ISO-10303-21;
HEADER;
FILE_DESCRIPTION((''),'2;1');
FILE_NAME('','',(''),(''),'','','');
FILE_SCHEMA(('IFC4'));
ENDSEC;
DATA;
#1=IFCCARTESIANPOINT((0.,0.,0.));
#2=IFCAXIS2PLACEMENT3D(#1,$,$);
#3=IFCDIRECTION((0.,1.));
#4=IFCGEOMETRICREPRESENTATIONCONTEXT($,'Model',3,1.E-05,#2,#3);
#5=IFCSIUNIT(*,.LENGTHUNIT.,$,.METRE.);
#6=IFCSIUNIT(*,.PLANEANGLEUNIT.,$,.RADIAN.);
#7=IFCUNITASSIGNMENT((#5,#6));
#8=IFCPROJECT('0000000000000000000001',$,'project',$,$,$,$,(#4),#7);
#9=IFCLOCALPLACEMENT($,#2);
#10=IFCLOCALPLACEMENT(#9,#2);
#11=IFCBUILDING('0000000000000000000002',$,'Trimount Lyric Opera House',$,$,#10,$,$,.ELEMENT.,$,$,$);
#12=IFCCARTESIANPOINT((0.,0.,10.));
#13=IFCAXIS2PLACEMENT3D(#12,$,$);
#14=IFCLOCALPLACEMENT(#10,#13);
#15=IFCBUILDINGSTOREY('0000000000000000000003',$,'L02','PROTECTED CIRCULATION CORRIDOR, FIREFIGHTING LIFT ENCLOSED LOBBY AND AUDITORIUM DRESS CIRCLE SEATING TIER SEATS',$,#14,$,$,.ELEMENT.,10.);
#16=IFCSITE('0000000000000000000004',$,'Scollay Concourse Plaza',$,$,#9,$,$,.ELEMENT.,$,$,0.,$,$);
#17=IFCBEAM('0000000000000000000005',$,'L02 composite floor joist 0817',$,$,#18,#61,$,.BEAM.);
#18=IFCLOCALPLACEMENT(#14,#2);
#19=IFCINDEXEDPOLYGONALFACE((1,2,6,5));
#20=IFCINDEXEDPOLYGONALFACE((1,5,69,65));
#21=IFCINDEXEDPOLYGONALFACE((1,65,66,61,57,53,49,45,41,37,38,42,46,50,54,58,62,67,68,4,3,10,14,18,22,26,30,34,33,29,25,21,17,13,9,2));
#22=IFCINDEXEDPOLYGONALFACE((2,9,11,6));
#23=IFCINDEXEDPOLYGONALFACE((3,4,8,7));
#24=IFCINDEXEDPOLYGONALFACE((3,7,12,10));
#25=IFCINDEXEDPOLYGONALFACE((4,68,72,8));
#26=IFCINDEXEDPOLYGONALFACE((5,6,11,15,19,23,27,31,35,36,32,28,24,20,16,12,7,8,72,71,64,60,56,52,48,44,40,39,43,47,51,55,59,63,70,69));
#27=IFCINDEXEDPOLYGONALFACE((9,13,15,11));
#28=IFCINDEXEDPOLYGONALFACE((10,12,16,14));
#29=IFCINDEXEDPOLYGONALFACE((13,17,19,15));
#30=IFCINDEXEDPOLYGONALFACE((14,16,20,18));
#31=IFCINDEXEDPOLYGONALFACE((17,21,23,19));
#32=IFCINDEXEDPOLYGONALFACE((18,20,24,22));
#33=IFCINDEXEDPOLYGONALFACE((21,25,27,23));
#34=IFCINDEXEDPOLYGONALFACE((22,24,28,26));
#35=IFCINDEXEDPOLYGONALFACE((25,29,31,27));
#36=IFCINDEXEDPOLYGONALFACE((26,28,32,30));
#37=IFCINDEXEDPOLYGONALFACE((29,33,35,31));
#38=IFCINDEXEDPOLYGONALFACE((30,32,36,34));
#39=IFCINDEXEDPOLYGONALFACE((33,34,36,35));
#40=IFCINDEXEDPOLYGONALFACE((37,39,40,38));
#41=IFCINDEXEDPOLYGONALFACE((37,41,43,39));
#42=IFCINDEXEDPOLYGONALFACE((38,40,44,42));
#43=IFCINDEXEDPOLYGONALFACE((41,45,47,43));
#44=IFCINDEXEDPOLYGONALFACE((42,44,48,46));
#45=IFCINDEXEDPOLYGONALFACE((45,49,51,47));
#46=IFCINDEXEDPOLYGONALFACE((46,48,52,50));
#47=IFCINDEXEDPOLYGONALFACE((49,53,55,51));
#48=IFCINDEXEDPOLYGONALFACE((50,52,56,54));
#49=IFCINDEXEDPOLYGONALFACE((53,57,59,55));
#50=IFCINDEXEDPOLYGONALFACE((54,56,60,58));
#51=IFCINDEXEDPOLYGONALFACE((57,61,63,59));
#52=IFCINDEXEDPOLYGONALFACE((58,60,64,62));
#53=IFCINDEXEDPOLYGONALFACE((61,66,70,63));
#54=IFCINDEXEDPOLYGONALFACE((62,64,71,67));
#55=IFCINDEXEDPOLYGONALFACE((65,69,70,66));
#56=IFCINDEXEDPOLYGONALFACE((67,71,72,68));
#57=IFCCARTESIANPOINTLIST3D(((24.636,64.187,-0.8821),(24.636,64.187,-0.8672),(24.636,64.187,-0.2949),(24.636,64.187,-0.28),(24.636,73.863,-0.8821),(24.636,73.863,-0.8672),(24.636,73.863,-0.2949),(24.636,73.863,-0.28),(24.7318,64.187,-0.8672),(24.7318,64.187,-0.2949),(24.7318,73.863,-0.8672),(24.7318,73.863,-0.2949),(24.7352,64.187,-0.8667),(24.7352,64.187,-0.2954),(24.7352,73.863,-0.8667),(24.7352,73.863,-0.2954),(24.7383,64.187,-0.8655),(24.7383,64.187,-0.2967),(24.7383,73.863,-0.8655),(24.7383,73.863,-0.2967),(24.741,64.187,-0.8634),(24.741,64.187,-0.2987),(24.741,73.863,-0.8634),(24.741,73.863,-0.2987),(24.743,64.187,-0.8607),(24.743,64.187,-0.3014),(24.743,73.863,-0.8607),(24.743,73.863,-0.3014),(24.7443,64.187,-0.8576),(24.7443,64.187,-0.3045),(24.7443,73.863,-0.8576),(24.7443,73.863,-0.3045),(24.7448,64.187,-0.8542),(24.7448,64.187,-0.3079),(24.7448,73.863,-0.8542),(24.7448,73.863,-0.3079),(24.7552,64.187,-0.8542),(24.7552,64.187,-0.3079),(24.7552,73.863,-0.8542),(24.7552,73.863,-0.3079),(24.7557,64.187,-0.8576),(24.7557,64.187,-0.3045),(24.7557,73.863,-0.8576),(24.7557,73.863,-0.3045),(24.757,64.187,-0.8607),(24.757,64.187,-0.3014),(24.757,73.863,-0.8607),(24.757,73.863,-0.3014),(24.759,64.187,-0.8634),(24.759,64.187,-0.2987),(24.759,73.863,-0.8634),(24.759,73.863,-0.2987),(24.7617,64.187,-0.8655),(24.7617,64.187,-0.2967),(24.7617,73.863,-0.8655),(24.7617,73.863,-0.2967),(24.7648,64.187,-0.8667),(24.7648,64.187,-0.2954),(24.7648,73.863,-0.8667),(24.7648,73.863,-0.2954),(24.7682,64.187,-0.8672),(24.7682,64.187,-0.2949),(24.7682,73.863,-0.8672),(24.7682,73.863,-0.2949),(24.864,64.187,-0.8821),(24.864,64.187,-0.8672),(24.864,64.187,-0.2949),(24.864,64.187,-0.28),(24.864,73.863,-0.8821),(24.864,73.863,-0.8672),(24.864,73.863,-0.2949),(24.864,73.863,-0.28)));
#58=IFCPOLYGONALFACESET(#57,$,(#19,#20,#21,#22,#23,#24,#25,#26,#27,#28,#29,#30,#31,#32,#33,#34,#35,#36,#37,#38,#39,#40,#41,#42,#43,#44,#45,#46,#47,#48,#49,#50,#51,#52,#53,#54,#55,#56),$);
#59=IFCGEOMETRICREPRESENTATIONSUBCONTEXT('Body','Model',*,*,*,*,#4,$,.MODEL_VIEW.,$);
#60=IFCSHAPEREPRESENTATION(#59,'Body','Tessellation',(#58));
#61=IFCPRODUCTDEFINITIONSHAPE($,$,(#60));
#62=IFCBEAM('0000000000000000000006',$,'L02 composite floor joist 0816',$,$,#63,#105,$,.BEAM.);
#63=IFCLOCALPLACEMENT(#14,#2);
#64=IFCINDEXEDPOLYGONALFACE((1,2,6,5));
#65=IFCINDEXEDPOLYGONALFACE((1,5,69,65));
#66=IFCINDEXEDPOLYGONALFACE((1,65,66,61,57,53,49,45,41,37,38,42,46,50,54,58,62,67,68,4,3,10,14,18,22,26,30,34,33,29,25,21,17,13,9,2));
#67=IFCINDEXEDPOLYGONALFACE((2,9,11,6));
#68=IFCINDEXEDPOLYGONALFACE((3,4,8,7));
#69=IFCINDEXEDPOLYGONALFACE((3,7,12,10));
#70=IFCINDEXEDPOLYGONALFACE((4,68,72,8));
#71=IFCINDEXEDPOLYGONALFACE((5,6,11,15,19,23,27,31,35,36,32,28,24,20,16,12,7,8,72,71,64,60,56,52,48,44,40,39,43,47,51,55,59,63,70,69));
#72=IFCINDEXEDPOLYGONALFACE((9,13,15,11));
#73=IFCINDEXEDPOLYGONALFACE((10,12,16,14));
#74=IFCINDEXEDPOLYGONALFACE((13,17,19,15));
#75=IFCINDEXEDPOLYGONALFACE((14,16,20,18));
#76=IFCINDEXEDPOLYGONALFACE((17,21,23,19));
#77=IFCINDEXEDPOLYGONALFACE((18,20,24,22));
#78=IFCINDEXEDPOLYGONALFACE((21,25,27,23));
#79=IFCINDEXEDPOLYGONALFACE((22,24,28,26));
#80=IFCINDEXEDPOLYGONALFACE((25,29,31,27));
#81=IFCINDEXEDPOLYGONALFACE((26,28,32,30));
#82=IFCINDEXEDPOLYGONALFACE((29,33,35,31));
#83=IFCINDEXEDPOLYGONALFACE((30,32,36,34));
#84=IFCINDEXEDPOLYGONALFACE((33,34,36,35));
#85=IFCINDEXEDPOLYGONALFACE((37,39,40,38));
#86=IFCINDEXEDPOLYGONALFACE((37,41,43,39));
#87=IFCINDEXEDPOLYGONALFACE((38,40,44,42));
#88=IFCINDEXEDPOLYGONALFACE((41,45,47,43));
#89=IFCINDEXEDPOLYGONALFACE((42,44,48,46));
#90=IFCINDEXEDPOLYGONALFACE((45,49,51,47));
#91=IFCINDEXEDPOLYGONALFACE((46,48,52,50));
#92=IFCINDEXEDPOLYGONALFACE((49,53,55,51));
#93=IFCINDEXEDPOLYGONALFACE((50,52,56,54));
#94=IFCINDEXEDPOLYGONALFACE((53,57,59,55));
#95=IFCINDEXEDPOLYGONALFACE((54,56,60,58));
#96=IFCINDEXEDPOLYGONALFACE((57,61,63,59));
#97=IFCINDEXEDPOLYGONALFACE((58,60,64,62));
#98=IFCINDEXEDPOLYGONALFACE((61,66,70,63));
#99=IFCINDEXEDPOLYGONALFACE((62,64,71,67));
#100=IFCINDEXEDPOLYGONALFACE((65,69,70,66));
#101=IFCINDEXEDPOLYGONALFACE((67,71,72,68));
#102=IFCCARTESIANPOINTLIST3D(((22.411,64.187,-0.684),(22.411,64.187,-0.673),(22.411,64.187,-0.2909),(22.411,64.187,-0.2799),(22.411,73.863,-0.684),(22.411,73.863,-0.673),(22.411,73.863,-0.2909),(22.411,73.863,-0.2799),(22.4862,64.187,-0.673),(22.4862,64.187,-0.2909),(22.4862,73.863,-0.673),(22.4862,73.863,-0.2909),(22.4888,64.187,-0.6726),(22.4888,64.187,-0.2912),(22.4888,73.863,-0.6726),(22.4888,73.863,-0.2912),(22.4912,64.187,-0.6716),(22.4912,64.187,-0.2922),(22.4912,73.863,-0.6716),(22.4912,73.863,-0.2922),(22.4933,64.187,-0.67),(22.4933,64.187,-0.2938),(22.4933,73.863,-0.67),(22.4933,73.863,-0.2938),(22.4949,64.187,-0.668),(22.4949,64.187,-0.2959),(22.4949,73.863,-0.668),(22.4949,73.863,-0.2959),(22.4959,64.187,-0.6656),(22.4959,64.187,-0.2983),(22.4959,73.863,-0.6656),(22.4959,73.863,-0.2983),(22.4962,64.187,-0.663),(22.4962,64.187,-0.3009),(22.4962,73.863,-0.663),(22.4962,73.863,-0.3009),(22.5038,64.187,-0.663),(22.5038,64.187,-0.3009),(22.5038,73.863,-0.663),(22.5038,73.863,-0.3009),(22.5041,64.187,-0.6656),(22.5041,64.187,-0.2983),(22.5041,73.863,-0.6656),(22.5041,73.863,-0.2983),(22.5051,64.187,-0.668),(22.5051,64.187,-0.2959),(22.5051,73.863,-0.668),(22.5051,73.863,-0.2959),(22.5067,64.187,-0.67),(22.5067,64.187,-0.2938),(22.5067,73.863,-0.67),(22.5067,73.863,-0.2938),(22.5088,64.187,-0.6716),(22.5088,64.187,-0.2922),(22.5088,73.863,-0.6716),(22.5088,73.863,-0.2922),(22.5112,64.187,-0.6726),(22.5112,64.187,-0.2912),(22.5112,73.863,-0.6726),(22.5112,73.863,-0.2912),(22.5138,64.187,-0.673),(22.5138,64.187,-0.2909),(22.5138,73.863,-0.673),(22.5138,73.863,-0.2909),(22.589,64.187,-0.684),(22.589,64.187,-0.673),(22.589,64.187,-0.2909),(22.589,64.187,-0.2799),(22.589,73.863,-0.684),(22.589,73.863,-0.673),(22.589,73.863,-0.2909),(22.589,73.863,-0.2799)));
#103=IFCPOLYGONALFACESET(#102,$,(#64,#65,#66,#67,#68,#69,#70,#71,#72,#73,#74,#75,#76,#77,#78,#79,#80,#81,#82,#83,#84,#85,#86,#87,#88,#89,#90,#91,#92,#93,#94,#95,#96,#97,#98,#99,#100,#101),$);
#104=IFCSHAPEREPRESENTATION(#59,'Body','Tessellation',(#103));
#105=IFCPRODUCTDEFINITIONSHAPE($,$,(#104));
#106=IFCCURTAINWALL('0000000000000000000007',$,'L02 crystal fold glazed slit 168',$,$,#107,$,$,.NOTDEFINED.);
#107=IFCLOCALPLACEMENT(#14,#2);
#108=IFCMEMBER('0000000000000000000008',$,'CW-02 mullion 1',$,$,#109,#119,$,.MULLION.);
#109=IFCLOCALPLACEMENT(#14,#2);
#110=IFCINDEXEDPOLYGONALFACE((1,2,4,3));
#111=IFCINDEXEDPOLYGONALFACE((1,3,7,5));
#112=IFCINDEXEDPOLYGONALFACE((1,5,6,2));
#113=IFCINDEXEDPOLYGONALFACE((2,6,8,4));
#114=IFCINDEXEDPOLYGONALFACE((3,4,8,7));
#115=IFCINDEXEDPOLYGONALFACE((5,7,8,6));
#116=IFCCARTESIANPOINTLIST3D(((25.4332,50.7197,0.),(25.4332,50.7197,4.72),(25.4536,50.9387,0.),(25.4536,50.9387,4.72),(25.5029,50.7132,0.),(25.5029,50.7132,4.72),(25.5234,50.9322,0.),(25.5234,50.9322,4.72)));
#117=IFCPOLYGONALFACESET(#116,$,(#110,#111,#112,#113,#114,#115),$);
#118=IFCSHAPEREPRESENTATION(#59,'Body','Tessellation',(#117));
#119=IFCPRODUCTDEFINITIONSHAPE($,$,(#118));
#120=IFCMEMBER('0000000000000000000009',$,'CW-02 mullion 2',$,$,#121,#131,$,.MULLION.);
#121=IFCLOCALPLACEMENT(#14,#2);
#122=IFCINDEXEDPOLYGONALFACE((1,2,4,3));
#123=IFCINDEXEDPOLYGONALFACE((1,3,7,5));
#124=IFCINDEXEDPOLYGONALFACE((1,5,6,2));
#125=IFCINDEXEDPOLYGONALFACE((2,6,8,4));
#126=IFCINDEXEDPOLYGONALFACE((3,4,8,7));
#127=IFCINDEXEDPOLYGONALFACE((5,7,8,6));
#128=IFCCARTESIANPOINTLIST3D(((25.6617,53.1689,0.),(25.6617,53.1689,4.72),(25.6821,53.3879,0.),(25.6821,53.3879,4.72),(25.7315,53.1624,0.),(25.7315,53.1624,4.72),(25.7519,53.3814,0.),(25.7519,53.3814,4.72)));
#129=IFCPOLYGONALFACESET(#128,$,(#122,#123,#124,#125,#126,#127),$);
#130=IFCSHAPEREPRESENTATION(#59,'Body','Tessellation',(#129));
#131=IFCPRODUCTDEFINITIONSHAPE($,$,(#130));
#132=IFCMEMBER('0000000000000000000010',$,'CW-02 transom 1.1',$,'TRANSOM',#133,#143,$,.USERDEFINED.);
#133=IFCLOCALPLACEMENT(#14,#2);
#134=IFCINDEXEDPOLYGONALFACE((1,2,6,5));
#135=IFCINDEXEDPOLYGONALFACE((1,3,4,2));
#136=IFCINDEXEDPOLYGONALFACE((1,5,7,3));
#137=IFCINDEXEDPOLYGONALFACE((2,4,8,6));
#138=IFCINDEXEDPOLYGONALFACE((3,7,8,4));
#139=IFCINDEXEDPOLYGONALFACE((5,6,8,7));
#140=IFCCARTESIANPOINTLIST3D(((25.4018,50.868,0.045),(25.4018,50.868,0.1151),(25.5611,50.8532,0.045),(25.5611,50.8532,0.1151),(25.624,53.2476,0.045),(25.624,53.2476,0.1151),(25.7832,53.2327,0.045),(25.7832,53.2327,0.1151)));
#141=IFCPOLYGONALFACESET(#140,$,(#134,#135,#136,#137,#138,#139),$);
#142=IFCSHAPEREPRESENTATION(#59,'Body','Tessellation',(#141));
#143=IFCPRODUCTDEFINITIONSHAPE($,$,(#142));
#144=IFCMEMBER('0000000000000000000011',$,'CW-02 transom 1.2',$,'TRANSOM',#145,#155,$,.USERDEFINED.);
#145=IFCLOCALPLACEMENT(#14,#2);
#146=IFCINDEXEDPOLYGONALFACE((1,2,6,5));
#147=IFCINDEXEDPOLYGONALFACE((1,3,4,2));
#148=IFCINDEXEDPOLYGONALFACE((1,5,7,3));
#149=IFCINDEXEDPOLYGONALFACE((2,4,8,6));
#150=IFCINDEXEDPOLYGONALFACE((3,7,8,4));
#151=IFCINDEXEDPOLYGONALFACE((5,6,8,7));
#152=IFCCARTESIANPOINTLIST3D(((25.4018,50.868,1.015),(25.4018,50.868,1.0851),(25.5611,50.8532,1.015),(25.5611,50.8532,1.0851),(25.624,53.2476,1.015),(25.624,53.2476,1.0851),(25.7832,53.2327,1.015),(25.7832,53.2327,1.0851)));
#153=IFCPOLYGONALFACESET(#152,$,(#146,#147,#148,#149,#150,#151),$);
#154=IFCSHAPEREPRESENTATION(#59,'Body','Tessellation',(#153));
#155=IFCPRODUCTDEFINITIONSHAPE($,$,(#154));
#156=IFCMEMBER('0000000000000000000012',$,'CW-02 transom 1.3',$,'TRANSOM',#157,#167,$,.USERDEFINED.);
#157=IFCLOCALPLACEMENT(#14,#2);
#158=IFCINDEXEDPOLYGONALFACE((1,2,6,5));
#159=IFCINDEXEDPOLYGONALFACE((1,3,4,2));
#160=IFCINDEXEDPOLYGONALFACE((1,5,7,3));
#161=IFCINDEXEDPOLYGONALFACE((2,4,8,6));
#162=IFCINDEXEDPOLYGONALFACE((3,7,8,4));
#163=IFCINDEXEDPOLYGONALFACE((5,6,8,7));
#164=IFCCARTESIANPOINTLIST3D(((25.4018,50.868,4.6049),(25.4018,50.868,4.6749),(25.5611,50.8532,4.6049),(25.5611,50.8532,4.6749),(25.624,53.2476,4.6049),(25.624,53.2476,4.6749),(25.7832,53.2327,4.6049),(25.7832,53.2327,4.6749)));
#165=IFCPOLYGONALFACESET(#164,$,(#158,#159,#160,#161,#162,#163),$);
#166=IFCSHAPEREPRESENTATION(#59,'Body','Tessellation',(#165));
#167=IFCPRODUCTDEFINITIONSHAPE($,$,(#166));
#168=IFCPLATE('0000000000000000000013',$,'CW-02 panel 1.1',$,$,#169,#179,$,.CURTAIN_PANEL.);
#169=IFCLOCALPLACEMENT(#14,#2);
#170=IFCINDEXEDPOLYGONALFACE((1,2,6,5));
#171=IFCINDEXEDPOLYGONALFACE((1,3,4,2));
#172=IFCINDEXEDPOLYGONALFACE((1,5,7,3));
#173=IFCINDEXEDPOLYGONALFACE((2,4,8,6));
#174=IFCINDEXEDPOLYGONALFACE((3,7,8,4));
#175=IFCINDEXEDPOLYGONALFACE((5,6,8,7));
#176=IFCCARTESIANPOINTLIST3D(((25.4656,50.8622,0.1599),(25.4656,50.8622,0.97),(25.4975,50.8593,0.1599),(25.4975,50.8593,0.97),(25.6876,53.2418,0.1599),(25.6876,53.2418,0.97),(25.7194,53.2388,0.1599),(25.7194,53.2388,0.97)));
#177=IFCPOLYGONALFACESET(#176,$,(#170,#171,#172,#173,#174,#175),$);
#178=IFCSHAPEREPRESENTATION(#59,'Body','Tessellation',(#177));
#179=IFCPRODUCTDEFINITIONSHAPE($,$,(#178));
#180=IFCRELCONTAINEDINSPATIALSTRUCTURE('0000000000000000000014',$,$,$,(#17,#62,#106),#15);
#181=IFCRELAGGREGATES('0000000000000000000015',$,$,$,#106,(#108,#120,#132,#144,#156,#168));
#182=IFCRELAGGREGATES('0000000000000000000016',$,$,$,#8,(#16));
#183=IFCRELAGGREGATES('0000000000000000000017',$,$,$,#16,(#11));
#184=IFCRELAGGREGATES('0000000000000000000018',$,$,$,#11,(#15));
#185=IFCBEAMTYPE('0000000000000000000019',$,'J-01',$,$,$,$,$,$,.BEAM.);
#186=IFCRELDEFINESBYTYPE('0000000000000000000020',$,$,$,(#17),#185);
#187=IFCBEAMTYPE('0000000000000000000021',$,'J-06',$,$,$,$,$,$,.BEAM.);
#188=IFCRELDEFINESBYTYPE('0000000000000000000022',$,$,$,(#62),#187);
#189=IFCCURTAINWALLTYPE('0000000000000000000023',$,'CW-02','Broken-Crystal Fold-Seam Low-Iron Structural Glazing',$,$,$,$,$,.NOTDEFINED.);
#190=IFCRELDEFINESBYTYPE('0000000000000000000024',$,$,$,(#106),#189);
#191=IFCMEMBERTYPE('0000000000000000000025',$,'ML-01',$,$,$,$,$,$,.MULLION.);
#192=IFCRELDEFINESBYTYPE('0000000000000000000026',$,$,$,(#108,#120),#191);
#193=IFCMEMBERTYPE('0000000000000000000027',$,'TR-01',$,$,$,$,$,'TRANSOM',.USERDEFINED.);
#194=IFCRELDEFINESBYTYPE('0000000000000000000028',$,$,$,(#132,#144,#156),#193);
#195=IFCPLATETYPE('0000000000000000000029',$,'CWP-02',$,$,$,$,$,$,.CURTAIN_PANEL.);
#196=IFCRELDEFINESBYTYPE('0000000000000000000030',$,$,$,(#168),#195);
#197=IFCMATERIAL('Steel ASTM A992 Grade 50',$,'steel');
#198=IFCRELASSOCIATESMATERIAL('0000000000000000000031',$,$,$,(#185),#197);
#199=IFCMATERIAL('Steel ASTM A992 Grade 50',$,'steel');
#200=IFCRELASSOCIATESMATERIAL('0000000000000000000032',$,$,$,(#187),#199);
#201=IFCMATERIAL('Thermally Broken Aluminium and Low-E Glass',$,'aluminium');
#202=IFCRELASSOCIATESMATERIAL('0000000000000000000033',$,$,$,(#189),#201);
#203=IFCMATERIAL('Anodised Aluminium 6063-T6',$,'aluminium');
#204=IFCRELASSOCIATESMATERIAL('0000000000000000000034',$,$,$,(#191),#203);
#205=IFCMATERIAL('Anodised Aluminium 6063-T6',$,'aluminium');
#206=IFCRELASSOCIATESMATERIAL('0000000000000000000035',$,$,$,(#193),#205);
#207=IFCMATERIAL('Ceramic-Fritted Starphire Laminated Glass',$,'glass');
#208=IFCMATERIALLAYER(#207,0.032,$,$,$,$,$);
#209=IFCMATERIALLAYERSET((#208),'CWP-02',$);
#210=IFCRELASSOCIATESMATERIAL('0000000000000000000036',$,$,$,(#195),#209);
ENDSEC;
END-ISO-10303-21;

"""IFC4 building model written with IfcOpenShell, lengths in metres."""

from ifc_helpers import new_model, si_unit, direction, frame, origin, origin_2d, place, context, subcontext, project, spatial, rectangle, i_section, extrude, material, layer, layer_set, material_profile, profile_set, type_object, element, aggregate, save


model = new_model("IFC4")

# Units and contexts
model_context = context("Model", 3, precision=1e-05, world=origin(), true_north=direction((0.0, 1.0)))
body_context = subcontext(model_context, "Body", "Model", "MODEL_VIEW")
ifc_project = project(units=[si_unit("LENGTHUNIT", "METRE"), si_unit("PLANEANGLEUNIT", "RADIAN")], contexts=[model_context])

# Site, building, storey
site_placement = place(None, origin())
site = spatial("IfcSite", under=ifc_project, at=site_placement, Name="Scollay Concourse Plaza", CompositionType="ELEMENT", RefElevation=0.0)
building_placement = place(site_placement, origin())
building = spatial("IfcBuilding", under=site, at=building_placement, Name="Trimount Lyric Opera House", CompositionType="ELEMENT")
storey_placement = place(building_placement, frame((0.0, 0.0, 10.0)))
storey = spatial("IfcBuildingStorey", under=building, at=storey_placement, Name="L02", Description="PROTECTED CIRCULATION CORRIDOR, FIREFIGHTING LIFT ENCLOSED LOBBY AND AUDITORIUM DRESS CIRCLE SEATING TIER SEATS", CompositionType="ELEMENT", Elevation=10.0)

# Beams
ifc_material_1 = material(Name="Steel ASTM A992 Grade 50", Category="steel")
ifc_material_profile_1 = material_profile(ifc_material_1, i_section(OverallWidth=0.228, OverallDepth=0.6021, WebThickness=0.0105, FlangeThickness=0.0149, FilletRadius=0.0129, at=origin_2d()), Name="W24X68")
ifc_profile_set_1 = profile_set([ifc_material_profile_1], Name="Steel ASTM A992 Grade 50")
beam_type_1 = type_object("IfcBeamType", Name="J-01", PredefinedType="BEAM", material=ifc_profile_set_1)
beam_1_placement = place(storey_placement, frame((24.75, 64.187, -0.5811), z_axis=(0.0, 1.0, 0.0), x_axis=(-1.0, 0.0, 0.0)))
element("IfcBeam", 1, at=beam_1_placement, inside=storey, type_object=beam_type_1, Name="L02 composite floor joist 0817", PredefinedType="BEAM", context=body_context, shape_type="SweptSolid", body=[
    extrude(i_section(OverallWidth=0.228, OverallDepth=0.6021, WebThickness=0.0105, FlangeThickness=0.0149, FilletRadius=0.0129, at=origin_2d()), origin(), (0.0, 0.0, 1.0), 9.676),
])
ifc_material_2 = material(Name="Steel ASTM A992 Grade 50", Category="steel")
ifc_material_profile_2 = material_profile(ifc_material_2, i_section(OverallWidth=0.178, OverallDepth=0.4041, WebThickness=0.0076, FlangeThickness=0.011, FilletRadius=0.01, at=origin_2d()), Name="W16X36")
ifc_profile_set_2 = profile_set([ifc_material_profile_2], Name="Steel ASTM A992 Grade 50")
beam_type_2 = type_object("IfcBeamType", Name="J-06", PredefinedType="BEAM", material=ifc_profile_set_2)
beam_2_placement = place(storey_placement, frame((22.5, 64.187, -0.4819), z_axis=(0.0, 1.0, 0.0), x_axis=(-1.0, 0.0, 0.0)))
element("IfcBeam", 2, at=beam_2_placement, inside=storey, type_object=beam_type_2, Name="L02 composite floor joist 0816", PredefinedType="BEAM", context=body_context, shape_type="SweptSolid", body=[
    extrude(i_section(OverallWidth=0.178, OverallDepth=0.4041, WebThickness=0.0076, FlangeThickness=0.011, FilletRadius=0.01, at=origin_2d()), origin(), (0.0, 0.0, 1.0), 9.676),
])

# Curtain wall, members, plate
ifc_material_3 = material(Name="Thermally Broken Aluminium and Low-E Glass", Category="aluminium")
curtain_wall_type = type_object("IfcCurtainWallType", Name="CW-02", Description="Broken-Crystal Fold-Seam Low-Iron Structural Glazing", PredefinedType="NOTDEFINED", material=ifc_material_3)
curtain_wall_placement = place(storey_placement, origin())
curtain_wall = element("IfcCurtainWall", 3, at=curtain_wall_placement, inside=storey, type_object=curtain_wall_type, Name="L02 crystal fold glazed slit 168", PredefinedType="NOTDEFINED")
ifc_material_4 = material(Name="Anodised Aluminium 6063-T6", Category="aluminium")
ifc_material_profile_3 = material_profile(ifc_material_4, rectangle(XDim=0.0701, YDim=0.22, at=origin_2d()), Name="ALU-MULL-70X220")
ifc_profile_set_3 = profile_set([ifc_material_profile_3], Name="Anodised Aluminium 6063-T6")
member_type_1 = type_object("IfcMemberType", Name="ML-01", PredefinedType="MULLION", material=ifc_profile_set_3)
member_1_placement = place(storey_placement, frame((25.4783, 50.8259, 0.0), z_axis=(0.0, 0.0, 1.0), x_axis=(-0.995677, 0.092888, 0.0)))
member_1 = element("IfcMember", 4, at=member_1_placement, type_object=member_type_1, Name="CW-02 mullion 1", PredefinedType="MULLION", context=body_context, shape_type="SweptSolid", body=[
    extrude(rectangle(XDim=0.0701, YDim=0.22, at=origin_2d()), origin(), (0.0, 0.0, 1.0), 4.72),
])
member_2_placement = place(storey_placement, frame((25.7068, 53.2751, 0.0), z_axis=(0.0, 0.0, 1.0), x_axis=(-0.995677, 0.092888, 0.0)))
member_2 = element("IfcMember", 5, at=member_2_placement, type_object=member_type_1, Name="CW-02 mullion 2", PredefinedType="MULLION", context=body_context, shape_type="SweptSolid", body=[
    extrude(rectangle(XDim=0.0701, YDim=0.22, at=origin_2d()), origin(), (0.0, 0.0, 1.0), 4.72),
])
ifc_material_5 = material(Name="Anodised Aluminium 6063-T6", Category="aluminium")
ifc_material_profile_4 = material_profile(ifc_material_5, rectangle(XDim=0.1599, YDim=0.0701, at=origin_2d()), Name="ALU-TRAN-70X160")
ifc_profile_set_4 = profile_set([ifc_material_profile_4], Name="Anodised Aluminium 6063-T6")
member_type_2 = type_object("IfcMemberType", Name="TR-01", ElementType="TRANSOM", PredefinedType="USERDEFINED", material=ifc_profile_set_4)
member_3_placement = place(storey_placement, frame((25.4814, 50.8606, 0.0801), z_axis=(0.092958, 0.99567, 0.0), x_axis=(-0.99567, 0.092958, 0.0)))
member_3 = element("IfcMember", 6, at=member_3_placement, type_object=member_type_2, Name="CW-02 transom 1.1", ObjectType="TRANSOM", PredefinedType="USERDEFINED", context=body_context, shape_type="SweptSolid", body=[
    extrude(rectangle(XDim=0.1599, YDim=0.0701, at=origin_2d()), origin(), (0.0, 0.0, 1.0), 2.3899),
])
member_4_placement = place(storey_placement, frame((25.4814, 50.8606, 1.05), z_axis=(0.092958, 0.99567, 0.0), x_axis=(-0.99567, 0.092958, 0.0)))
member_4 = element("IfcMember", 7, at=member_4_placement, type_object=member_type_2, Name="CW-02 transom 1.2", ObjectType="TRANSOM", PredefinedType="USERDEFINED", context=body_context, shape_type="SweptSolid", body=[
    extrude(rectangle(XDim=0.1599, YDim=0.0701, at=origin_2d()), origin(), (0.0, 0.0, 1.0), 2.3899),
])
member_5_placement = place(storey_placement, frame((25.4814, 50.8606, 4.6399), z_axis=(0.092958, 0.99567, 0.0), x_axis=(-0.99567, 0.092958, 0.0)))
member_5 = element("IfcMember", 8, at=member_5_placement, type_object=member_type_2, Name="CW-02 transom 1.3", ObjectType="TRANSOM", PredefinedType="USERDEFINED", context=body_context, shape_type="SweptSolid", body=[
    extrude(rectangle(XDim=0.1599, YDim=0.0701, at=origin_2d()), origin(), (0.0, 0.0, 1.0), 2.3899),
])
ifc_material_6 = material(Name="Ceramic-Fritted Starphire Laminated Glass", Category="glass")
ifc_layer_1 = layer(ifc_material_6, 0.032)
ifc_layer_set_1 = layer_set([ifc_layer_1], Name="CWP-02")
plate_type = type_object("IfcPlateType", Name="CWP-02", PredefinedType="CURTAIN_PANEL", material=ifc_layer_set_1)
plate_1_placement = place(storey_placement, frame((25.5925, 52.0505, 0.1599), z_axis=(0.0, 0.0, 1.0), x_axis=(0.092888, 0.995677, 0.0)))
plate_1 = element("IfcPlate", 9, at=plate_1_placement, type_object=plate_type, Name="CW-02 panel 1.1", PredefinedType="CURTAIN_PANEL", context=body_context, shape_type="SweptSolid", body=[
    extrude(rectangle(XDim=2.3899, YDim=0.032, at=origin_2d()), origin(), (0.0, 0.0, 1.0), 0.8101),
])
aggregate(curtain_wall, [member_1, member_2, member_3, member_4, member_5, plate_1])

save(model, "model.ifc")
